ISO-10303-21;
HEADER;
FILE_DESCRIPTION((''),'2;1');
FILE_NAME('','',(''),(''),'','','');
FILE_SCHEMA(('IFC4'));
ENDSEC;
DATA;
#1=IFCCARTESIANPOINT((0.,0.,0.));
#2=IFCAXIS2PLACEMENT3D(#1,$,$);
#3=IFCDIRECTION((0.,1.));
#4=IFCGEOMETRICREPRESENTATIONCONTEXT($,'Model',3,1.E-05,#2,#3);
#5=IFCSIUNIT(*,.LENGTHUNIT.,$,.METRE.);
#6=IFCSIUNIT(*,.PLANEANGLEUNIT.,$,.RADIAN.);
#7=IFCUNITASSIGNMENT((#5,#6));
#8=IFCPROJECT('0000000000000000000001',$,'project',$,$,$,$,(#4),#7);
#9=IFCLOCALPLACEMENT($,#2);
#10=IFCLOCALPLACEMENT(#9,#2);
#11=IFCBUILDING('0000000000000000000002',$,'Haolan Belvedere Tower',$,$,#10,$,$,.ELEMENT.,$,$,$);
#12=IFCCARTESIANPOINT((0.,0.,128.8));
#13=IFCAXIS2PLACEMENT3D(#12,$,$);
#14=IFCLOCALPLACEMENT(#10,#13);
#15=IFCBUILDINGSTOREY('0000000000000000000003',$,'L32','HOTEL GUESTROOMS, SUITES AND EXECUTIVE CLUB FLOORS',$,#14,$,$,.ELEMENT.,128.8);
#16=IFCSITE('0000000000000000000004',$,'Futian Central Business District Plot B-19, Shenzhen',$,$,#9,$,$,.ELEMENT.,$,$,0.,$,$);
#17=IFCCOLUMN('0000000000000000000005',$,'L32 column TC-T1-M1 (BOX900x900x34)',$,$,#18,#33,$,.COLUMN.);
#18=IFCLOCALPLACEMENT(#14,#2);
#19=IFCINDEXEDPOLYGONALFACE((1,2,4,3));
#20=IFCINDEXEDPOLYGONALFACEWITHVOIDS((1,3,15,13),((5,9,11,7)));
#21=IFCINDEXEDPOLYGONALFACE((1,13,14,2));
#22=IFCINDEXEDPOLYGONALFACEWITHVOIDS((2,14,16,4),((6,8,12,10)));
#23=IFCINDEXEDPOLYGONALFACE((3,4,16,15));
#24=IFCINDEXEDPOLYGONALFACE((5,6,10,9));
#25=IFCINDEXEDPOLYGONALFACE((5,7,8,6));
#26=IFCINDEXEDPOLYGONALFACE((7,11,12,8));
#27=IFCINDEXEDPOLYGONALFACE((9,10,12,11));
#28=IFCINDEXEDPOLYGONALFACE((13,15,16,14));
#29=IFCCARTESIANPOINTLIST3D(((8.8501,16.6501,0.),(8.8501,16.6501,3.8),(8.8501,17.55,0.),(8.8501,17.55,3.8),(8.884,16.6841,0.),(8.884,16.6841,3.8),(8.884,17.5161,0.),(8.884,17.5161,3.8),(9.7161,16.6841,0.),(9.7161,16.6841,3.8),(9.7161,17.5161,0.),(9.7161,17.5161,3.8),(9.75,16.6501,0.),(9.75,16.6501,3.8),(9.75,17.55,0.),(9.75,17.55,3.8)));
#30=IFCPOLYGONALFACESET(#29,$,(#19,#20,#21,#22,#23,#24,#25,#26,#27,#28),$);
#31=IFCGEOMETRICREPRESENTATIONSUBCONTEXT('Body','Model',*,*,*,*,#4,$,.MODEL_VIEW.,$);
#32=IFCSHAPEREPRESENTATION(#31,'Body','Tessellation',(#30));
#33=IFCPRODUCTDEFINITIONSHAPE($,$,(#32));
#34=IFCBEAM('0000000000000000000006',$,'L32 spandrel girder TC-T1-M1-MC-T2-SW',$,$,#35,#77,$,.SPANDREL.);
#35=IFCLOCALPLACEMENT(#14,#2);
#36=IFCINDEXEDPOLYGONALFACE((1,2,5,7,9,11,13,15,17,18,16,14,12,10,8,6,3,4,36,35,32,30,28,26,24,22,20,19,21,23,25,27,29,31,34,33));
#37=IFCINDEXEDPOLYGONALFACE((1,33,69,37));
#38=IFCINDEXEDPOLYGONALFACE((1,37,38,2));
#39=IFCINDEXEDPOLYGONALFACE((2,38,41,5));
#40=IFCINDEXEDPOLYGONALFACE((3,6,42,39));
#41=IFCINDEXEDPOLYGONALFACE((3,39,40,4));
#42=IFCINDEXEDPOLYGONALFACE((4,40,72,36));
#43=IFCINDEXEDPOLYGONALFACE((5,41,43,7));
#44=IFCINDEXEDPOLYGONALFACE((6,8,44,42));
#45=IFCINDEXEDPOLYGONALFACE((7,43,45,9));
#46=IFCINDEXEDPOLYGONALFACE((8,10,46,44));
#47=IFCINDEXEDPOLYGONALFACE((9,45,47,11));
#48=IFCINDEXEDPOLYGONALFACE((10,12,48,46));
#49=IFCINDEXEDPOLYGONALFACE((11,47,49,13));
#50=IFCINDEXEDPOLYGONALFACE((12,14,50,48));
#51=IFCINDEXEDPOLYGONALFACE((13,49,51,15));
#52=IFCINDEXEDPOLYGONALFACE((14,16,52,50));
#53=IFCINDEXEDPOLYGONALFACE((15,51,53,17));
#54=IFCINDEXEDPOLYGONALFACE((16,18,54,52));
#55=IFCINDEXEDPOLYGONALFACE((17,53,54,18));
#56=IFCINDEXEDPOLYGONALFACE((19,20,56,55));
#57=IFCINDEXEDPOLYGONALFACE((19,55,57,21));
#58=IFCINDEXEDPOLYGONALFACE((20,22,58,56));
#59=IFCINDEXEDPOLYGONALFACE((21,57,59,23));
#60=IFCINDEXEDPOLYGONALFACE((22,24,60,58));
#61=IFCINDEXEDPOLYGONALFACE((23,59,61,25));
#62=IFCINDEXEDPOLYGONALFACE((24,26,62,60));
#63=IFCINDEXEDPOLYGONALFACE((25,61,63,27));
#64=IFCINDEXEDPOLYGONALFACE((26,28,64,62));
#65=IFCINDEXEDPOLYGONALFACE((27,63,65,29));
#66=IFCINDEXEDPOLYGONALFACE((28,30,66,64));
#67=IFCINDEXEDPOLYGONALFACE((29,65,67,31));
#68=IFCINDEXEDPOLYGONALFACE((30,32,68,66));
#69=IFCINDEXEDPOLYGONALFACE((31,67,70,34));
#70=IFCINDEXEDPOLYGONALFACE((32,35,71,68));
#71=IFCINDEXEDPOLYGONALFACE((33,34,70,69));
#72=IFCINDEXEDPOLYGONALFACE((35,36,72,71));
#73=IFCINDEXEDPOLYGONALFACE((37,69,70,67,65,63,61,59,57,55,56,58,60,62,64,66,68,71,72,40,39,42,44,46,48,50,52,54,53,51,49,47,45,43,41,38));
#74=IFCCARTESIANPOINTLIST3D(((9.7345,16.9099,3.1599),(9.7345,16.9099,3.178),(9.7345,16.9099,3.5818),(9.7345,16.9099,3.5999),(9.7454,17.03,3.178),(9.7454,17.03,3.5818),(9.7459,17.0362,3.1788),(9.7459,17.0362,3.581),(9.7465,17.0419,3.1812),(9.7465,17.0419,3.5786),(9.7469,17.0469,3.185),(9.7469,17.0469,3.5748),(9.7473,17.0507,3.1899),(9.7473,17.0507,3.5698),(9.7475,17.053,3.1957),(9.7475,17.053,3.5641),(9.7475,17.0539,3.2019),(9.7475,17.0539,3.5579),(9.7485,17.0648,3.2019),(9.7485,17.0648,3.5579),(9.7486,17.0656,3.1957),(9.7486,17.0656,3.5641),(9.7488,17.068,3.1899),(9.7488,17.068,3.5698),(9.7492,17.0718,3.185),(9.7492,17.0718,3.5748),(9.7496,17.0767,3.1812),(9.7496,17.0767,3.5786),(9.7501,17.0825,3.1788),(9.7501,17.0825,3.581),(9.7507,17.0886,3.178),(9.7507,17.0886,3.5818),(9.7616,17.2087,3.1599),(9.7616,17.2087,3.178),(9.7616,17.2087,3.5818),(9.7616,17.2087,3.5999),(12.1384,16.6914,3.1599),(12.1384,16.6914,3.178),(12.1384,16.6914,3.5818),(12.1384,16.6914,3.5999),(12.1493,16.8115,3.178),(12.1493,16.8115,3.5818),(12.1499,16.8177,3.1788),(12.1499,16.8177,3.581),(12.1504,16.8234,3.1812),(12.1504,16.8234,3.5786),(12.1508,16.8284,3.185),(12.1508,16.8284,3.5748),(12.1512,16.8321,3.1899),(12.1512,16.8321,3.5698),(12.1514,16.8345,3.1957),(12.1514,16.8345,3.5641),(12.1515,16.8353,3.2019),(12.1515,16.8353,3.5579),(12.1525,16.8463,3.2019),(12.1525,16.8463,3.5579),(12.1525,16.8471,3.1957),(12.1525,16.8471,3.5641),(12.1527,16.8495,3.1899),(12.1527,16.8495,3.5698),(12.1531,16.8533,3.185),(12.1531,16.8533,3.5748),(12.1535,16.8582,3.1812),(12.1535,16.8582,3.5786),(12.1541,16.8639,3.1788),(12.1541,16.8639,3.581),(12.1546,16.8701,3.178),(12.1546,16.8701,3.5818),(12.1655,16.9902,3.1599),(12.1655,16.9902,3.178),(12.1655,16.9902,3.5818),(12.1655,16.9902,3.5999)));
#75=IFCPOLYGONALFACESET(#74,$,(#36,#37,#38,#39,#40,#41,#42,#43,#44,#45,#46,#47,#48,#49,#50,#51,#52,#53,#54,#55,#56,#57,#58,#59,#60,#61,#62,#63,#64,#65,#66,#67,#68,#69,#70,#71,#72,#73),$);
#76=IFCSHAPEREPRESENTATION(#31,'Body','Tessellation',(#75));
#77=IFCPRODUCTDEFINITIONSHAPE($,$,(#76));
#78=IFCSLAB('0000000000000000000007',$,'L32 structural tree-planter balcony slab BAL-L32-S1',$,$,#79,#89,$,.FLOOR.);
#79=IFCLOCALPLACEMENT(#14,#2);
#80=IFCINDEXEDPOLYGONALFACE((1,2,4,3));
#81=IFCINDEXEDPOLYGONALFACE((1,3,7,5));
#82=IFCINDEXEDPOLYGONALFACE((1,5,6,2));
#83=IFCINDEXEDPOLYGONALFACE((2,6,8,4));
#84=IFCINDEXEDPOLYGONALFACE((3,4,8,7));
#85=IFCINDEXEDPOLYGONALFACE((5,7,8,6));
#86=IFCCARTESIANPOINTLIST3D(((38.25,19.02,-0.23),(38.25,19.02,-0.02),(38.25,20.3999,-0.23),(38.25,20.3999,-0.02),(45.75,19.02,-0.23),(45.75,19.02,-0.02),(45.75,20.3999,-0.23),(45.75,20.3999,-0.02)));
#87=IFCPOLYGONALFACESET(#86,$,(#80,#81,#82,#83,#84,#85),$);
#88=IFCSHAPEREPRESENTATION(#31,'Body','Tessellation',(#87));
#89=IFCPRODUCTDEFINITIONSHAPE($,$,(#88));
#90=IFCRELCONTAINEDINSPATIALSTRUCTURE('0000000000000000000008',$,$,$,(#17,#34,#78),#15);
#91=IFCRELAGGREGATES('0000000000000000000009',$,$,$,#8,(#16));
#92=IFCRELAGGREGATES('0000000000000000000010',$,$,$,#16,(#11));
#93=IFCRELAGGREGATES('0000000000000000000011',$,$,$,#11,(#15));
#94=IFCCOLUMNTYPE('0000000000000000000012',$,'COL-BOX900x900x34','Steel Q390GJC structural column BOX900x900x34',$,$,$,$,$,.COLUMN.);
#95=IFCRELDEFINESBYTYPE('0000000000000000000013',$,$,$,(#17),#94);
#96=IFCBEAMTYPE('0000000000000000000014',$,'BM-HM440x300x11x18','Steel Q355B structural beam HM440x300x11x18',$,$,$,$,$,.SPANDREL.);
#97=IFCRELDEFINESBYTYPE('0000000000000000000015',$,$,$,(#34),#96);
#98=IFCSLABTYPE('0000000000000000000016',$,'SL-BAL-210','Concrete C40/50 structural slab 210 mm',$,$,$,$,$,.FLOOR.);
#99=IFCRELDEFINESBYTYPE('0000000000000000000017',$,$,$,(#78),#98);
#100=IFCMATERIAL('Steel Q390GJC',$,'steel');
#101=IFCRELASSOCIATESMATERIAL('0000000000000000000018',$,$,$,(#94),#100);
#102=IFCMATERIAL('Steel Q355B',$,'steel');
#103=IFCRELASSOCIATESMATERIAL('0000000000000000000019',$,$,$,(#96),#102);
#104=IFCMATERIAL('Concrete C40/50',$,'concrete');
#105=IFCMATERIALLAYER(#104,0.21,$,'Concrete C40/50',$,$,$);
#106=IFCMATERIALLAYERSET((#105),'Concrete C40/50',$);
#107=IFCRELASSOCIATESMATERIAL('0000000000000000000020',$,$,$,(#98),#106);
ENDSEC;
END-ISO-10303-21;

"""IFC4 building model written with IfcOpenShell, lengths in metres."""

from ifc_helpers import new_model, si_unit, direction, frame, origin, origin_2d, place, context, subcontext, project, spatial, polyline, hollow_rectangle, i_section, outline, extrude, material, layer, layer_set, material_profile, profile_set, type_object, element, save


model = new_model("IFC4")

# Units and contexts
model_context = context("Model", 3, precision=1e-05, world=origin(), true_north=direction((0.0, 1.0)))
body_context = subcontext(model_context, "Body", "Model", "MODEL_VIEW")
ifc_project = project(units=[si_unit("LENGTHUNIT", "METRE"), si_unit("PLANEANGLEUNIT", "RADIAN")], contexts=[model_context])

# Site, building, storey
site_placement = place(None, origin())
site = spatial("IfcSite", under=ifc_project, at=site_placement, Name="Futian Central Business District Plot B-19, Shenzhen", CompositionType="ELEMENT", RefElevation=0.0)
building_placement = place(site_placement, origin())
building = spatial("IfcBuilding", under=site, at=building_placement, Name="Haolan Belvedere Tower", CompositionType="ELEMENT")
storey_placement = place(building_placement, frame((0.0, 0.0, 128.8)))
storey = spatial("IfcBuildingStorey", under=building, at=storey_placement, Name="L32", Description="HOTEL GUESTROOMS, SUITES AND EXECUTIVE CLUB FLOORS", CompositionType="ELEMENT", Elevation=128.8)

# Column
ifc_material_1 = material(Name="Steel Q390GJC", Category="steel")
ifc_material_profile_1 = material_profile(ifc_material_1, hollow_rectangle(XDim=0.8999, YDim=0.8999, WallThickness=0.0339, at=origin_2d()), Name="Steel Q390GJC")
ifc_profile_set_1 = profile_set([ifc_material_profile_1], Name="Steel Q390GJC")
column_type = type_object("IfcColumnType", Name="COL-BOX900x900x34", Description="Steel Q390GJC structural column BOX900x900x34", PredefinedType="COLUMN", material=ifc_profile_set_1)
column_placement = place(storey_placement, frame((9.3, 17.1001, 0.0), z_axis=(0.0, 0.0, 1.0), x_axis=(1.0, 0.0, 0.0)))
element("IfcColumn", 1, at=column_placement, inside=storey, type_object=column_type, Name="L32 column TC-T1-M1 (BOX900x900x34)", PredefinedType="COLUMN", context=body_context, shape_type="SweptSolid", body=[
    extrude(hollow_rectangle(XDim=0.8999, YDim=0.8999, WallThickness=0.0339, at=origin_2d()), origin(), (0.0, 0.0, 1.0), 3.8),
])

# Beam
ifc_material_2 = material(Name="Steel Q355B", Category="steel")
ifc_material_profile_2 = material_profile(ifc_material_2, i_section(OverallWidth=0.3, OverallDepth=0.4399, WebThickness=0.011, FlangeThickness=0.0181, FilletRadius=0.0239, at=origin_2d()), Name="Steel Q355B")
ifc_profile_set_2 = profile_set([ifc_material_profile_2], Name="Steel Q355B")
beam_type = type_object("IfcBeamType", Name="BM-HM440x300x11x18", Description="Steel Q355B structural beam HM440x300x11x18", PredefinedType="SPANDREL", material=ifc_profile_set_2)
beam_placement = place(storey_placement, frame((9.748, 17.0593, 3.3799), z_axis=(0.995894, -0.090527, 0.0), x_axis=(0.090527, 0.995894, 0.0)))
element("IfcBeam", 2, at=beam_placement, inside=storey, type_object=beam_type, Name="L32 spandrel girder TC-T1-M1-MC-T2-SW", PredefinedType="SPANDREL", context=body_context, shape_type="SweptSolid", body=[
    extrude(i_section(OverallWidth=0.3, OverallDepth=0.4399, WebThickness=0.011, FlangeThickness=0.0181, FilletRadius=0.0239, at=origin_2d()), origin(), (0.0, 0.0, 1.0), 2.4138),
])

# Slab
ifc_material_3 = material(Name="Concrete C40/50", Category="concrete")
ifc_layer_1 = layer(ifc_material_3, 0.21, Name="Concrete C40/50")
ifc_layer_set_1 = layer_set([ifc_layer_1], Name="Concrete C40/50")
slab_type_1 = type_object("IfcSlabType", Name="SL-BAL-210", Description="Concrete C40/50 structural slab 210 mm", PredefinedType="FLOOR", material=ifc_layer_set_1)
slab_1_placement = place(storey_placement, frame((0.0, 0.0, -0.23)))
element("IfcSlab", 3, at=slab_1_placement, inside=storey, type_object=slab_type_1, Name="L32 structural tree-planter balcony slab BAL-L32-S1", PredefinedType="FLOOR", context=body_context, shape_type="SweptSolid", body=[
    extrude(outline(polyline([(38.25, 19.02), (45.75, 19.02), (45.75, 20.3999), (38.25, 20.3999), (38.25, 19.02)])), origin(), (0.0, 0.0, 1.0), 0.21),
])

save(model, "model.ifc")
